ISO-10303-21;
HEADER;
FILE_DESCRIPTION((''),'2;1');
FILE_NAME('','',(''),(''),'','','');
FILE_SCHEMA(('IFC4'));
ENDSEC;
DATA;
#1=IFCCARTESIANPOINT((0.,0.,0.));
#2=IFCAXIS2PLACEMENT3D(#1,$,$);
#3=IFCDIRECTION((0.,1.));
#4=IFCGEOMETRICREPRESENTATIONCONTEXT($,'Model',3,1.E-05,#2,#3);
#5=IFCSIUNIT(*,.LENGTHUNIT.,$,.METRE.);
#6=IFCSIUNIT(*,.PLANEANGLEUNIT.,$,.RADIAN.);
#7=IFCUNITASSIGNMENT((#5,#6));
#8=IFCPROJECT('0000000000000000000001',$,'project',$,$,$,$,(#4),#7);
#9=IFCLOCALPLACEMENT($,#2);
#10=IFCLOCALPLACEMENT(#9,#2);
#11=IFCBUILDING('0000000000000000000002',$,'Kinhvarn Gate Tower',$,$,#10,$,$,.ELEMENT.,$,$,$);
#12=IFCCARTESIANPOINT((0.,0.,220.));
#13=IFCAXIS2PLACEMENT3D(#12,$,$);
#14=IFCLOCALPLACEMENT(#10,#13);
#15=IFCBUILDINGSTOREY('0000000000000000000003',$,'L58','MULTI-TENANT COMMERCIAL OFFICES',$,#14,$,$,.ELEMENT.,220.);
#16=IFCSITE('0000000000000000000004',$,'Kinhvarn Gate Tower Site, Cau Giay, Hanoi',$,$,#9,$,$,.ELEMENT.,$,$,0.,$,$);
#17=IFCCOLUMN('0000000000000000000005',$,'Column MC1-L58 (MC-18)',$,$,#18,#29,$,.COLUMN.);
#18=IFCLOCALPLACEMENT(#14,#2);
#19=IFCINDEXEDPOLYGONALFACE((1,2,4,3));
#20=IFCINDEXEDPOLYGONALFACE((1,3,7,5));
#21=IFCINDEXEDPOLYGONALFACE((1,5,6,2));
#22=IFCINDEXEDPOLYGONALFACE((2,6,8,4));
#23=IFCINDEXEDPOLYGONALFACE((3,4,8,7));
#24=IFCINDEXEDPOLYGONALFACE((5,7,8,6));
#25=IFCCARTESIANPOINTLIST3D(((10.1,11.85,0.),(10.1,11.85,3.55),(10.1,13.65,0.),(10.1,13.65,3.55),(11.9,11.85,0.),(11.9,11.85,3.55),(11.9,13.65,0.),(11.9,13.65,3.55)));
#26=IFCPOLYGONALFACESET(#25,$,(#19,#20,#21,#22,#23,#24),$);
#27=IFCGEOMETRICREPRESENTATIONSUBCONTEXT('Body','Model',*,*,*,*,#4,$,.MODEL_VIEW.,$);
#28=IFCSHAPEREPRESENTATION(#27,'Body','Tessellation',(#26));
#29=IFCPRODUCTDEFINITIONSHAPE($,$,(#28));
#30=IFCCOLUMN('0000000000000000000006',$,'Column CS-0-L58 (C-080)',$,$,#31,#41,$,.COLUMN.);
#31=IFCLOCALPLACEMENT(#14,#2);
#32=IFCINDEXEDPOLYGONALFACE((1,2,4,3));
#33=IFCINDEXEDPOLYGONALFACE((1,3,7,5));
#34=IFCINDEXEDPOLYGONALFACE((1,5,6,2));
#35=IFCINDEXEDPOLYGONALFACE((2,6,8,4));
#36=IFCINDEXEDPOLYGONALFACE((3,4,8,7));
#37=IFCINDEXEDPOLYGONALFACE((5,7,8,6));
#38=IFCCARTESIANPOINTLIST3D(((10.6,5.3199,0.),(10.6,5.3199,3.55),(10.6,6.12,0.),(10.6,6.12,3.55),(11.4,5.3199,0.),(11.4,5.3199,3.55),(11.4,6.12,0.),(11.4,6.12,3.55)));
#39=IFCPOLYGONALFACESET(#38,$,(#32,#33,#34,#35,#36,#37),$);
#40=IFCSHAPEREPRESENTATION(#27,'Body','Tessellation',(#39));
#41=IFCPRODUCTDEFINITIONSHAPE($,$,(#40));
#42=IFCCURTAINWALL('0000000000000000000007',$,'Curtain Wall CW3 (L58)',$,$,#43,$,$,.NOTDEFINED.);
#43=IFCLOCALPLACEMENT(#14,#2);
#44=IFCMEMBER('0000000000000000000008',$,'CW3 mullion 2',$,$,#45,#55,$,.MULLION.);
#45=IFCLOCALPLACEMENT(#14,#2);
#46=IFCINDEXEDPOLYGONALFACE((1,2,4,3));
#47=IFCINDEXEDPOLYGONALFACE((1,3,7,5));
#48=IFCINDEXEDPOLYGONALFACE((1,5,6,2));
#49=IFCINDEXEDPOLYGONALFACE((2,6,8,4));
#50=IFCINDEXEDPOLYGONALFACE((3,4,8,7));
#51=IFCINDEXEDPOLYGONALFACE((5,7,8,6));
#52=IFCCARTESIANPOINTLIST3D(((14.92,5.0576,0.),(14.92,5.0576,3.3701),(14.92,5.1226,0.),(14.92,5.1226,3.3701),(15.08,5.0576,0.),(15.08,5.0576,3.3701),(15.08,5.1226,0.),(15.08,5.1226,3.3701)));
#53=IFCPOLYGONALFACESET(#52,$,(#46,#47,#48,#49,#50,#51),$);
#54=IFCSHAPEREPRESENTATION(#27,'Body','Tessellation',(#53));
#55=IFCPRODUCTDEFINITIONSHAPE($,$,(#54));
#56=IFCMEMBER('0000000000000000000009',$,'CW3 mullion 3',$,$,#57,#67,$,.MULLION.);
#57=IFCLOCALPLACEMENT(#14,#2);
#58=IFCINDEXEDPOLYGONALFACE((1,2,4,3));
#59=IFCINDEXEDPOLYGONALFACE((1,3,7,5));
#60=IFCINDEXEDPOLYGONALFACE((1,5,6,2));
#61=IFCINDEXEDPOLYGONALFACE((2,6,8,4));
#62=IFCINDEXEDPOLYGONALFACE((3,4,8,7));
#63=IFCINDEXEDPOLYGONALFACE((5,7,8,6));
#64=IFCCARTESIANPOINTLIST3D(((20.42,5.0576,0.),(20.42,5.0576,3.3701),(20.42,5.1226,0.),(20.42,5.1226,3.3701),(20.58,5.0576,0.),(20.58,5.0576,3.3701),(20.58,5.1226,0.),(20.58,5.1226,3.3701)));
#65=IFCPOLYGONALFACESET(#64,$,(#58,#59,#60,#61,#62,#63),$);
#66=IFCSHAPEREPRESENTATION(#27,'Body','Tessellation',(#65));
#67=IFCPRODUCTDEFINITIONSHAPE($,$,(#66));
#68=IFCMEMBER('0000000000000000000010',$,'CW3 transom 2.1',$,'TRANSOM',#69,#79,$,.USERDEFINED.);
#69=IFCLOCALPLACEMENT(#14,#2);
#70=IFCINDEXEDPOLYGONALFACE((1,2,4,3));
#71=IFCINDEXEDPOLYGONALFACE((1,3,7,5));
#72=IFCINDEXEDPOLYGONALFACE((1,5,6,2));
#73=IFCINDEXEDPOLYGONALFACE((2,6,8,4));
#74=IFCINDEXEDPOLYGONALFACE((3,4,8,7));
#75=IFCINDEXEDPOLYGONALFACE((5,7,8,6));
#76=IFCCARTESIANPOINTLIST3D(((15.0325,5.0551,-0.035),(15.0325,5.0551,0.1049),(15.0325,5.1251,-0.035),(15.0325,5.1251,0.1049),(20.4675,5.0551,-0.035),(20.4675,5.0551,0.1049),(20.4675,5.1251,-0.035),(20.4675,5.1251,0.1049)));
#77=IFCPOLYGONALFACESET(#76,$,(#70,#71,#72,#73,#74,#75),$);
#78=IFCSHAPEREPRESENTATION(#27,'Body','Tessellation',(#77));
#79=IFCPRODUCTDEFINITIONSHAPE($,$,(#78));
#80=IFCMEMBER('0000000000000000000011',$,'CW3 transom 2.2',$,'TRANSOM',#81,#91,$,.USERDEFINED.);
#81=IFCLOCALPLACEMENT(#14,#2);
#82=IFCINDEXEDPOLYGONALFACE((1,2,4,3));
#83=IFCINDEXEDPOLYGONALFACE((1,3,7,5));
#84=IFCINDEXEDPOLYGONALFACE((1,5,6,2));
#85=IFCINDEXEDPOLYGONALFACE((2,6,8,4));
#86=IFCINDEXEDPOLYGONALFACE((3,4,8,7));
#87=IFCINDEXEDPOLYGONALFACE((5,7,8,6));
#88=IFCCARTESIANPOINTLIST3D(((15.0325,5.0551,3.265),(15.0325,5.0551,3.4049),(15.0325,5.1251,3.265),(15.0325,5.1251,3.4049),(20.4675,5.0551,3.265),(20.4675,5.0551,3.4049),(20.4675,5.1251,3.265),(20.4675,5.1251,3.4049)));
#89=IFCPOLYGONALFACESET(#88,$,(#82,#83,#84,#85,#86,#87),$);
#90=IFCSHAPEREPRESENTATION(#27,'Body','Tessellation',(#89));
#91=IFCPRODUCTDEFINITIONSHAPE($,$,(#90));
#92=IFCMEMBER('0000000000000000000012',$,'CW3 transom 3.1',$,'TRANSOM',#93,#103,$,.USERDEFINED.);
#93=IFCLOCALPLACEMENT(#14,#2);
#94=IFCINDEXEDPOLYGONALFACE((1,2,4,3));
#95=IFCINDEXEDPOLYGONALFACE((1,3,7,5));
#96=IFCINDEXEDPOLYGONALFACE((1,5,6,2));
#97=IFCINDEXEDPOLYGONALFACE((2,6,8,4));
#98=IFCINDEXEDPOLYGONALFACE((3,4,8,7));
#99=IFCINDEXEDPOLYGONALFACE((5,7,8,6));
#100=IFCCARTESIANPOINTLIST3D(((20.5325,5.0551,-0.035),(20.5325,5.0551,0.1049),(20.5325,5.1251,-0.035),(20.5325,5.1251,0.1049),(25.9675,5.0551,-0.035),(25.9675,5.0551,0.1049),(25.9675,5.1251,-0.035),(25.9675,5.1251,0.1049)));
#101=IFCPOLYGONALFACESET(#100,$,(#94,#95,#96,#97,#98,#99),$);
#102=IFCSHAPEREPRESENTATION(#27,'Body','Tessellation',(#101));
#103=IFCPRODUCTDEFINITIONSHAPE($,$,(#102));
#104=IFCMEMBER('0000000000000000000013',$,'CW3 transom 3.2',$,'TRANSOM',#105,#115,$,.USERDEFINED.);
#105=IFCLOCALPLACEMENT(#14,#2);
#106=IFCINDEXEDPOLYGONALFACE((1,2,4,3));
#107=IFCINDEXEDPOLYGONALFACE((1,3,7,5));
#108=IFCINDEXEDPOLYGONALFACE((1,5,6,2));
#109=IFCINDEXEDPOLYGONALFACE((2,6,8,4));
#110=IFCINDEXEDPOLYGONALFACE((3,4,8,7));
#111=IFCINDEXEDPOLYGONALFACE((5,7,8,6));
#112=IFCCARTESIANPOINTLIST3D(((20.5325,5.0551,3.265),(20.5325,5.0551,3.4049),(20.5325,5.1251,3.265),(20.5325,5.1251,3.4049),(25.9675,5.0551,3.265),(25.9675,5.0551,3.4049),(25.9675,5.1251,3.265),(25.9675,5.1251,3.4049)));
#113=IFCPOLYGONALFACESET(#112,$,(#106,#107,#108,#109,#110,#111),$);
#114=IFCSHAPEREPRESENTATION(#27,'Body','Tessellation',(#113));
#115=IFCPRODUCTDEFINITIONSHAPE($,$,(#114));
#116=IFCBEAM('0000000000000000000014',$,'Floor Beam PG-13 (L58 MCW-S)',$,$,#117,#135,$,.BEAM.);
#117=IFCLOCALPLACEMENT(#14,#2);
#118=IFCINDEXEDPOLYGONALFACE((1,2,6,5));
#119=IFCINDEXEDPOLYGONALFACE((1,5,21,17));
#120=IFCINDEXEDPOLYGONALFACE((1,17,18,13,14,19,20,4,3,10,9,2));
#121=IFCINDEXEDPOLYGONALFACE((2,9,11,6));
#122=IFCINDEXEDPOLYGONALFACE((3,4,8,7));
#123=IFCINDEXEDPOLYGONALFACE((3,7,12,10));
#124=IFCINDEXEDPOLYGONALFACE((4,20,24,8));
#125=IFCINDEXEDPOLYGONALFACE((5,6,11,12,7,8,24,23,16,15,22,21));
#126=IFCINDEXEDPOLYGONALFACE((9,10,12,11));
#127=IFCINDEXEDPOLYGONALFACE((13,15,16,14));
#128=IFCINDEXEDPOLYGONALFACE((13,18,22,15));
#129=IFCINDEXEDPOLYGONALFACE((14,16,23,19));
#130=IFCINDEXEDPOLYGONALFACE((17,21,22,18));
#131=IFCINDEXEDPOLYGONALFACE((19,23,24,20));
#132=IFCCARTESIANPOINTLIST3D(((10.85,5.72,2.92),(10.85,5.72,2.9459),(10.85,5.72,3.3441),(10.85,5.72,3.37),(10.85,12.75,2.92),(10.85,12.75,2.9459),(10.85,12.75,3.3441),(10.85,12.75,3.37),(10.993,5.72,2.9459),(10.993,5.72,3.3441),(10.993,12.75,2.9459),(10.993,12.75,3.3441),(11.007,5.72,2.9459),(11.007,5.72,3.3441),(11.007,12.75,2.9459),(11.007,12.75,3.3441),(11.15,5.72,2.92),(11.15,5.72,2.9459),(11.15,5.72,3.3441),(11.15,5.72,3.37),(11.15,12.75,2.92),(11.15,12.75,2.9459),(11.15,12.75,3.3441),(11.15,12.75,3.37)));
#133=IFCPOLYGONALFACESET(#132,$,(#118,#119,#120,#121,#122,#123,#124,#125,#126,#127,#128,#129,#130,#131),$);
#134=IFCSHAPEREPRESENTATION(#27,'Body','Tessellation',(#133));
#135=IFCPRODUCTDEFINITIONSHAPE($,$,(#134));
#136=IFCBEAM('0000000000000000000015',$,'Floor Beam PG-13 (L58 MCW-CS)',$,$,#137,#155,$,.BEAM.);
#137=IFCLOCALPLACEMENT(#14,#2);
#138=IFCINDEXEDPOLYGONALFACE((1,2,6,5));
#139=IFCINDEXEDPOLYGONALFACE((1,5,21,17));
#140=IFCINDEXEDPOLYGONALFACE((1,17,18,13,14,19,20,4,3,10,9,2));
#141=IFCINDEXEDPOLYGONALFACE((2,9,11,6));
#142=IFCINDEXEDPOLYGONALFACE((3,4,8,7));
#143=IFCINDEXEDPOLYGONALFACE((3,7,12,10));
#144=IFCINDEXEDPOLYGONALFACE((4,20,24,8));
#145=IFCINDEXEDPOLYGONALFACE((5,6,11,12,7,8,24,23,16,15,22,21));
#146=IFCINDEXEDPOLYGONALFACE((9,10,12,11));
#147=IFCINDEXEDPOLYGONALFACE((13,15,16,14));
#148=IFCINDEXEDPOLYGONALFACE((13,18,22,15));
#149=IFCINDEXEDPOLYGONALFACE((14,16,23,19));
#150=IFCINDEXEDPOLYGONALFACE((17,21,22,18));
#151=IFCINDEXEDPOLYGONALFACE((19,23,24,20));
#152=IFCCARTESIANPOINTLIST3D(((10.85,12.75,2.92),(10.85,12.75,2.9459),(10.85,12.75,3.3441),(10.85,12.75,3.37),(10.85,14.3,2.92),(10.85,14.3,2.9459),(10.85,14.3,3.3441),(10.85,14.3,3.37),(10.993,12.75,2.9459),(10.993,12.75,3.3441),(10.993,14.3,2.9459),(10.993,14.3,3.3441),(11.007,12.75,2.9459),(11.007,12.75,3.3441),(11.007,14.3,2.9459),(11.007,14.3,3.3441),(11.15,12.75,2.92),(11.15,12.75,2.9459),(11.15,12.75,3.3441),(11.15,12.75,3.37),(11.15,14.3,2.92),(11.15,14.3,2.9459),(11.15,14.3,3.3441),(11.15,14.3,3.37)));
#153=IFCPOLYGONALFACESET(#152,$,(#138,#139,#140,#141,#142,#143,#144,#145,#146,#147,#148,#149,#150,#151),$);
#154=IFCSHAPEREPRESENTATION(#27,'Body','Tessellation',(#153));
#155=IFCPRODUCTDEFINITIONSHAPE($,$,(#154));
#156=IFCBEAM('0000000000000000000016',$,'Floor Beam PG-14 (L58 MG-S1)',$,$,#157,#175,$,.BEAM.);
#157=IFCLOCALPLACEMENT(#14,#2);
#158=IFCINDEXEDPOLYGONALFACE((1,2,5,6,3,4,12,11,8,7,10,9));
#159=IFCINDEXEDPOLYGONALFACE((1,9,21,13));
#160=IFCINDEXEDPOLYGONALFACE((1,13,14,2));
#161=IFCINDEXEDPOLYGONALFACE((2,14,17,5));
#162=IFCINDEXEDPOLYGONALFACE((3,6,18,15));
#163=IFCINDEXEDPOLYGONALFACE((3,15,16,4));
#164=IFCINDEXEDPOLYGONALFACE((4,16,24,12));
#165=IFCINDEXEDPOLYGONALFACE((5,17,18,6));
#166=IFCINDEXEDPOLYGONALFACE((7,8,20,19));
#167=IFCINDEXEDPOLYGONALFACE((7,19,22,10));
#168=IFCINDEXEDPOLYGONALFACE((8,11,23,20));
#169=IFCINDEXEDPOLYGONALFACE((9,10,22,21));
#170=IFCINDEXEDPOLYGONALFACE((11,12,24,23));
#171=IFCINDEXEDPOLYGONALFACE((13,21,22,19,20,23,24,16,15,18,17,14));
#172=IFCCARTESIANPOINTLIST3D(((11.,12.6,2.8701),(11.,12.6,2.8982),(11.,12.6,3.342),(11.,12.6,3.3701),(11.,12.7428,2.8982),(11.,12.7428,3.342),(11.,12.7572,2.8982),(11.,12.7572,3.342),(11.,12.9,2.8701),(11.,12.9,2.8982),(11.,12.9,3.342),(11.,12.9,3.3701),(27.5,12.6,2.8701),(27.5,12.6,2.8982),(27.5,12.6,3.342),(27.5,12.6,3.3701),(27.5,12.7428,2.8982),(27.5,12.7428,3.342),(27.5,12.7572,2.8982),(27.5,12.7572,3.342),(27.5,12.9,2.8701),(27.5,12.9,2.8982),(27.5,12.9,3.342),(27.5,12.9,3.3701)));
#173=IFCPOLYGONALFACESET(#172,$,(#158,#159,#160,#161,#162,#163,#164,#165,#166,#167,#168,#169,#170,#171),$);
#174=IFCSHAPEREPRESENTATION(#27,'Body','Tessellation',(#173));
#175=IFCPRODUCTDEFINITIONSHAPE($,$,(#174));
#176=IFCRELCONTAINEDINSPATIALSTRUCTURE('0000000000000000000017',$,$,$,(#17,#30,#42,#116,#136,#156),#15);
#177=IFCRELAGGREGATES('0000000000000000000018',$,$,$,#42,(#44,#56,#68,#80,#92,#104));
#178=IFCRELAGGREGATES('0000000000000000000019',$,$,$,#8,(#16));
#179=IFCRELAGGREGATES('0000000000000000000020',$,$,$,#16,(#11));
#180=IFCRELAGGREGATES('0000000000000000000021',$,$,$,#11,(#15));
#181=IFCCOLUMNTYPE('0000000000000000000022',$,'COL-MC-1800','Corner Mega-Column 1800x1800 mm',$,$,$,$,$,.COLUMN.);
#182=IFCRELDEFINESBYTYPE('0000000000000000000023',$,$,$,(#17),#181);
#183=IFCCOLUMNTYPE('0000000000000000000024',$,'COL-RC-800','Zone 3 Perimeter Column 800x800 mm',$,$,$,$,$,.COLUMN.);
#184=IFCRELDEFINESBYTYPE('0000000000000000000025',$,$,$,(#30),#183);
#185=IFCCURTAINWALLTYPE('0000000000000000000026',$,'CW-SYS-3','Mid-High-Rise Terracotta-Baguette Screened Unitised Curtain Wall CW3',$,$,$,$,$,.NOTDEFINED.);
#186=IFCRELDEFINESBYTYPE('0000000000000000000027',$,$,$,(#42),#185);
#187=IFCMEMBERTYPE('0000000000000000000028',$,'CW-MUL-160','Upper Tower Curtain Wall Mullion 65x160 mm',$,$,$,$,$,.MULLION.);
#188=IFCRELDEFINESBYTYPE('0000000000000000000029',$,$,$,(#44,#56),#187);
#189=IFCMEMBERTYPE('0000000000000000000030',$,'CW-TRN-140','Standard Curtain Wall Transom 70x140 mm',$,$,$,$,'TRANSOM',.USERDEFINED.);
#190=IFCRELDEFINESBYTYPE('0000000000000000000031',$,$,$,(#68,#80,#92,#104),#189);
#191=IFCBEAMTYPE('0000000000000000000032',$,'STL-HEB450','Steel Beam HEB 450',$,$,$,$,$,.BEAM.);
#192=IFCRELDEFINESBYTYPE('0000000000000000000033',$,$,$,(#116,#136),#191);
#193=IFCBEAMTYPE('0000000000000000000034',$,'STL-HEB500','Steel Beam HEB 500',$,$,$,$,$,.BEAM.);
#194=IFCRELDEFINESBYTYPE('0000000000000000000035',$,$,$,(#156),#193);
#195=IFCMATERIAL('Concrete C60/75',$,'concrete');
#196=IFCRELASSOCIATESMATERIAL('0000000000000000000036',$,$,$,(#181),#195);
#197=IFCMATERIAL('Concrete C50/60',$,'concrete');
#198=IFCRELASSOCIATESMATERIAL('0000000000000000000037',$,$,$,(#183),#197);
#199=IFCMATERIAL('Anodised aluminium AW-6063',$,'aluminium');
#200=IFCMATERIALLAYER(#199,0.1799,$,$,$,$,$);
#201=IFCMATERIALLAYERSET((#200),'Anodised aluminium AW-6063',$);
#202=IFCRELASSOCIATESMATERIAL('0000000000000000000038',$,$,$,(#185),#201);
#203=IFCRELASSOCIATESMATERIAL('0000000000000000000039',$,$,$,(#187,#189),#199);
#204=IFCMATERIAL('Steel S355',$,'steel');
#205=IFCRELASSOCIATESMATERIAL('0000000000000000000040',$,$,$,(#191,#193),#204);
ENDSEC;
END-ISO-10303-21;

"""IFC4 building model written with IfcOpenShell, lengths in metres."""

from ifc_helpers import new_model, si_unit, direction, frame, origin, origin_2d, place, context, subcontext, project, spatial, rectangle, i_section, extrude, material, layer, layer_set, material_profile, profile_set, type_object, element, aggregate, save


model = new_model("IFC4")

# Units and contexts
model_context = context("Model", 3, precision=1e-05, world=origin(), true_north=direction((0.0, 1.0)))
body_context = subcontext(model_context, "Body", "Model", "MODEL_VIEW")
ifc_project = project(units=[si_unit("LENGTHUNIT", "METRE"), si_unit("PLANEANGLEUNIT", "RADIAN")], contexts=[model_context])

# Site, building, storey
site_placement = place(None, origin())
site = spatial("IfcSite", under=ifc_project, at=site_placement, Name="Kinhvarn Gate Tower Site, Cau Giay, Hanoi", CompositionType="ELEMENT", RefElevation=0.0)
building_placement = place(site_placement, origin())
building = spatial("IfcBuilding", under=site, at=building_placement, Name="Kinhvarn Gate Tower", CompositionType="ELEMENT")
storey_placement = place(building_placement, frame((0.0, 0.0, 220.0)))
storey = spatial("IfcBuildingStorey", under=building, at=storey_placement, Name="L58", Description="MULTI-TENANT COMMERCIAL OFFICES", CompositionType="ELEMENT", Elevation=220.0)

# Columns
ifc_material_1 = material(Name="Concrete C60/75", Category="concrete")
ifc_material_profile_1 = material_profile(ifc_material_1, rectangle(XDim=1.8, YDim=1.8, at=origin_2d()), Name="RC 1800x1800")
ifc_profile_set_1 = profile_set([ifc_material_profile_1], Name="Concrete C60/75")
column_type_1 = type_object("IfcColumnType", Name="COL-MC-1800", Description="Corner Mega-Column 1800x1800 mm", PredefinedType="COLUMN", material=ifc_profile_set_1)
column_1_placement = place(storey_placement, frame((11.0, 12.75, 0.0), z_axis=(0.0, 0.0, 1.0), x_axis=(1.0, 0.0, 0.0)))
element("IfcColumn", 1, at=column_1_placement, inside=storey, type_object=column_type_1, Name="Column MC1-L58 (MC-18)", PredefinedType="COLUMN", context=body_context, shape_type="SweptSolid", body=[
    extrude(rectangle(XDim=1.8, YDim=1.8, at=origin_2d()), origin(), (0.0, 0.0, 1.0), 3.55),
])
ifc_material_2 = material(Name="Concrete C50/60", Category="concrete")
ifc_material_profile_2 = material_profile(ifc_material_2, rectangle(XDim=0.8, YDim=0.8, at=origin_2d()), Name="RC 800x800")
ifc_profile_set_2 = profile_set([ifc_material_profile_2], Name="Concrete C50/60")
column_type_2 = type_object("IfcColumnType", Name="COL-RC-800", Description="Zone 3 Perimeter Column 800x800 mm", PredefinedType="COLUMN", material=ifc_profile_set_2)
column_2_placement = place(storey_placement, frame((11.0, 5.72, 0.0), z_axis=(0.0, 0.0, 1.0), x_axis=(1.0, 0.0, 0.0)))
element("IfcColumn", 2, at=column_2_placement, inside=storey, type_object=column_type_2, Name="Column CS-0-L58 (C-080)", PredefinedType="COLUMN", context=body_context, shape_type="SweptSolid", body=[
    extrude(rectangle(XDim=0.8, YDim=0.8, at=origin_2d()), origin(), (0.0, 0.0, 1.0), 3.55),
])

# Curtain wall, members
ifc_material_3 = material(Name="Anodised aluminium AW-6063", Category="aluminium")
ifc_layer_1 = layer(ifc_material_3, 0.1799)
ifc_layer_set_1 = layer_set([ifc_layer_1], Name="Anodised aluminium AW-6063")
curtain_wall_type = type_object("IfcCurtainWallType", Name="CW-SYS-3", Description="Mid-High-Rise Terracotta-Baguette Screened Unitised Curtain Wall CW3", PredefinedType="NOTDEFINED", material=ifc_layer_set_1)
curtain_wall_placement = place(storey_placement, origin())
curtain_wall = element("IfcCurtainWall", 3, at=curtain_wall_placement, inside=storey, type_object=curtain_wall_type, Name="Curtain Wall CW3 (L58)", PredefinedType="NOTDEFINED")
ifc_material_profile_3 = material_profile(ifc_material_3, rectangle(XDim=0.0649, YDim=0.1599, at=origin_2d()), Name="ALU 65x160")
ifc_profile_set_3 = profile_set([ifc_material_profile_3], Name="Anodised aluminium AW-6063")
member_type_1 = type_object("IfcMemberType", Name="CW-MUL-160", Description="Upper Tower Curtain Wall Mullion 65x160 mm", PredefinedType="MULLION", material=ifc_profile_set_3)
member_1_placement = place(storey_placement, frame((15.0, 5.0901, 0.0), z_axis=(0.0, 0.0, 1.0), x_axis=(0.0, 1.0, 0.0)))
member_1 = element("IfcMember", 4, at=member_1_placement, type_object=member_type_1, Name="CW3 mullion 2", PredefinedType="MULLION", context=body_context, shape_type="SweptSolid", body=[
    extrude(rectangle(XDim=0.0649, YDim=0.1599, at=origin_2d()), origin(), (0.0, 0.0, 1.0), 3.3701),
])
member_2_placement = place(storey_placement, frame((20.5, 5.0901, 0.0), z_axis=(0.0, 0.0, 1.0), x_axis=(0.0, 1.0, 0.0)))
member_2 = element("IfcMember", 5, at=member_2_placement, type_object=member_type_1, Name="CW3 mullion 3", PredefinedType="MULLION", context=body_context, shape_type="SweptSolid", body=[
    extrude(rectangle(XDim=0.0649, YDim=0.1599, at=origin_2d()), origin(), (0.0, 0.0, 1.0), 3.3701),
])
ifc_material_profile_4 = material_profile(ifc_material_3, rectangle(XDim=0.0701, YDim=0.1399, at=origin_2d()), Name="ALU 70x140")
ifc_profile_set_4 = profile_set([ifc_material_profile_4], Name="Anodised aluminium AW-6063")
member_type_2 = type_object("IfcMemberType", Name="CW-TRN-140", Description="Standard Curtain Wall Transom 70x140 mm", ElementType="TRANSOM", PredefinedType="USERDEFINED", material=ifc_profile_set_4)
member_3_placement = place(storey_placement, frame((15.0325, 5.0901, 0.0349), z_axis=(1.0, 0.0, 0.0), x_axis=(0.0, 1.0, 0.0)))
member_3 = element("IfcMember", 6, at=member_3_placement, type_object=member_type_2, Name="CW3 transom 2.1", ObjectType="TRANSOM", PredefinedType="USERDEFINED", context=body_context, shape_type="SweptSolid", body=[
    extrude(rectangle(XDim=0.0701, YDim=0.1399, at=origin_2d()), origin(), (0.0, 0.0, 1.0), 5.4351),
])
member_4_placement = place(storey_placement, frame((15.0325, 5.0901, 3.335), z_axis=(1.0, 0.0, 0.0), x_axis=(0.0, 1.0, 0.0)))
member_4 = element("IfcMember", 7, at=member_4_placement, type_object=member_type_2, Name="CW3 transom 2.2", ObjectType="TRANSOM", PredefinedType="USERDEFINED", context=body_context, shape_type="SweptSolid", body=[
    extrude(rectangle(XDim=0.0701, YDim=0.1399, at=origin_2d()), origin(), (0.0, 0.0, 1.0), 5.4351),
])
member_5_placement = place(storey_placement, frame((20.5325, 5.0901, 0.0349), z_axis=(1.0, 0.0, 0.0), x_axis=(0.0, 1.0, 0.0)))
member_5 = element("IfcMember", 8, at=member_5_placement, type_object=member_type_2, Name="CW3 transom 3.1", ObjectType="TRANSOM", PredefinedType="USERDEFINED", context=body_context, shape_type="SweptSolid", body=[
    extrude(rectangle(XDim=0.0701, YDim=0.1399, at=origin_2d()), origin(), (0.0, 0.0, 1.0), 5.4351),
])
member_6_placement = place(storey_placement, frame((20.5325, 5.0901, 3.335), z_axis=(1.0, 0.0, 0.0), x_axis=(0.0, 1.0, 0.0)))
member_6 = element("IfcMember", 9, at=member_6_placement, type_object=member_type_2, Name="CW3 transom 3.2", ObjectType="TRANSOM", PredefinedType="USERDEFINED", context=body_context, shape_type="SweptSolid", body=[
    extrude(rectangle(XDim=0.0701, YDim=0.1399, at=origin_2d()), origin(), (0.0, 0.0, 1.0), 5.4351),
])

# Beams
ifc_material_4 = material(Name="Steel S355", Category="steel")
ifc_material_profile_5 = material_profile(ifc_material_4, i_section(OverallWidth=0.3, OverallDepth=0.45, WebThickness=0.0139, FlangeThickness=0.0259, at=origin_2d()), Name="HEB 450")
ifc_profile_set_5 = profile_set([ifc_material_profile_5], Name="Steel S355")
beam_type_1 = type_object("IfcBeamType", Name="STL-HEB450", Description="Steel Beam HEB 450", PredefinedType="BEAM", material=ifc_profile_set_5)
beam_1_placement = place(storey_placement, frame((11.0, 5.72, 3.145), z_axis=(0.0, 1.0, 0.0), x_axis=(-1.0, 0.0, 0.0)))
element("IfcBeam", 10, at=beam_1_placement, inside=storey, type_object=beam_type_1, Name="Floor Beam PG-13 (L58 MCW-S)", PredefinedType="BEAM", context=body_context, shape_type="SweptSolid", body=[
    extrude(i_section(OverallWidth=0.3, OverallDepth=0.45, WebThickness=0.0139, FlangeThickness=0.0259, at=origin_2d()), origin(), (0.0, 0.0, 1.0), 7.03),
])
beam_2_placement = place(storey_placement, frame((11.0, 12.75, 3.145), z_axis=(0.0, 1.0, 0.0), x_axis=(-1.0, 0.0, 0.0)))
element("IfcBeam", 11, at=beam_2_placement, inside=storey, type_object=beam_type_1, Name="Floor Beam PG-13 (L58 MCW-CS)", PredefinedType="BEAM", context=body_context, shape_type="SweptSolid", body=[
    extrude(i_section(OverallWidth=0.3, OverallDepth=0.45, WebThickness=0.0139, FlangeThickness=0.0259, at=origin_2d()), origin(), (0.0, 0.0, 1.0), 1.55),
])
ifc_material_profile_6 = material_profile(ifc_material_4, i_section(OverallWidth=0.3, OverallDepth=0.5, WebThickness=0.0144, FlangeThickness=0.0281, at=origin_2d()), Name="HEB 500")
ifc_profile_set_6 = profile_set([ifc_material_profile_6], Name="Steel S355")
beam_type_2 = type_object("IfcBeamType", Name="STL-HEB500", Description="Steel Beam HEB 500", PredefinedType="BEAM", material=ifc_profile_set_6)
beam_3_placement = place(storey_placement, frame((11.0, 12.75, 3.1201), z_axis=(1.0, 0.0, 0.0), x_axis=(0.0, 1.0, 0.0)))
element("IfcBeam", 12, at=beam_3_placement, inside=storey, type_object=beam_type_2, Name="Floor Beam PG-14 (L58 MG-S1)", PredefinedType="BEAM", context=body_context, shape_type="SweptSolid", body=[
    extrude(i_section(OverallWidth=0.3, OverallDepth=0.5, WebThickness=0.0144, FlangeThickness=0.0281, at=origin_2d()), origin(), (0.0, 0.0, 1.0), 16.5),
])

aggregate(curtain_wall, [member_1, member_2, member_3, member_4, member_5, member_6])

save(model, "model.ifc")
